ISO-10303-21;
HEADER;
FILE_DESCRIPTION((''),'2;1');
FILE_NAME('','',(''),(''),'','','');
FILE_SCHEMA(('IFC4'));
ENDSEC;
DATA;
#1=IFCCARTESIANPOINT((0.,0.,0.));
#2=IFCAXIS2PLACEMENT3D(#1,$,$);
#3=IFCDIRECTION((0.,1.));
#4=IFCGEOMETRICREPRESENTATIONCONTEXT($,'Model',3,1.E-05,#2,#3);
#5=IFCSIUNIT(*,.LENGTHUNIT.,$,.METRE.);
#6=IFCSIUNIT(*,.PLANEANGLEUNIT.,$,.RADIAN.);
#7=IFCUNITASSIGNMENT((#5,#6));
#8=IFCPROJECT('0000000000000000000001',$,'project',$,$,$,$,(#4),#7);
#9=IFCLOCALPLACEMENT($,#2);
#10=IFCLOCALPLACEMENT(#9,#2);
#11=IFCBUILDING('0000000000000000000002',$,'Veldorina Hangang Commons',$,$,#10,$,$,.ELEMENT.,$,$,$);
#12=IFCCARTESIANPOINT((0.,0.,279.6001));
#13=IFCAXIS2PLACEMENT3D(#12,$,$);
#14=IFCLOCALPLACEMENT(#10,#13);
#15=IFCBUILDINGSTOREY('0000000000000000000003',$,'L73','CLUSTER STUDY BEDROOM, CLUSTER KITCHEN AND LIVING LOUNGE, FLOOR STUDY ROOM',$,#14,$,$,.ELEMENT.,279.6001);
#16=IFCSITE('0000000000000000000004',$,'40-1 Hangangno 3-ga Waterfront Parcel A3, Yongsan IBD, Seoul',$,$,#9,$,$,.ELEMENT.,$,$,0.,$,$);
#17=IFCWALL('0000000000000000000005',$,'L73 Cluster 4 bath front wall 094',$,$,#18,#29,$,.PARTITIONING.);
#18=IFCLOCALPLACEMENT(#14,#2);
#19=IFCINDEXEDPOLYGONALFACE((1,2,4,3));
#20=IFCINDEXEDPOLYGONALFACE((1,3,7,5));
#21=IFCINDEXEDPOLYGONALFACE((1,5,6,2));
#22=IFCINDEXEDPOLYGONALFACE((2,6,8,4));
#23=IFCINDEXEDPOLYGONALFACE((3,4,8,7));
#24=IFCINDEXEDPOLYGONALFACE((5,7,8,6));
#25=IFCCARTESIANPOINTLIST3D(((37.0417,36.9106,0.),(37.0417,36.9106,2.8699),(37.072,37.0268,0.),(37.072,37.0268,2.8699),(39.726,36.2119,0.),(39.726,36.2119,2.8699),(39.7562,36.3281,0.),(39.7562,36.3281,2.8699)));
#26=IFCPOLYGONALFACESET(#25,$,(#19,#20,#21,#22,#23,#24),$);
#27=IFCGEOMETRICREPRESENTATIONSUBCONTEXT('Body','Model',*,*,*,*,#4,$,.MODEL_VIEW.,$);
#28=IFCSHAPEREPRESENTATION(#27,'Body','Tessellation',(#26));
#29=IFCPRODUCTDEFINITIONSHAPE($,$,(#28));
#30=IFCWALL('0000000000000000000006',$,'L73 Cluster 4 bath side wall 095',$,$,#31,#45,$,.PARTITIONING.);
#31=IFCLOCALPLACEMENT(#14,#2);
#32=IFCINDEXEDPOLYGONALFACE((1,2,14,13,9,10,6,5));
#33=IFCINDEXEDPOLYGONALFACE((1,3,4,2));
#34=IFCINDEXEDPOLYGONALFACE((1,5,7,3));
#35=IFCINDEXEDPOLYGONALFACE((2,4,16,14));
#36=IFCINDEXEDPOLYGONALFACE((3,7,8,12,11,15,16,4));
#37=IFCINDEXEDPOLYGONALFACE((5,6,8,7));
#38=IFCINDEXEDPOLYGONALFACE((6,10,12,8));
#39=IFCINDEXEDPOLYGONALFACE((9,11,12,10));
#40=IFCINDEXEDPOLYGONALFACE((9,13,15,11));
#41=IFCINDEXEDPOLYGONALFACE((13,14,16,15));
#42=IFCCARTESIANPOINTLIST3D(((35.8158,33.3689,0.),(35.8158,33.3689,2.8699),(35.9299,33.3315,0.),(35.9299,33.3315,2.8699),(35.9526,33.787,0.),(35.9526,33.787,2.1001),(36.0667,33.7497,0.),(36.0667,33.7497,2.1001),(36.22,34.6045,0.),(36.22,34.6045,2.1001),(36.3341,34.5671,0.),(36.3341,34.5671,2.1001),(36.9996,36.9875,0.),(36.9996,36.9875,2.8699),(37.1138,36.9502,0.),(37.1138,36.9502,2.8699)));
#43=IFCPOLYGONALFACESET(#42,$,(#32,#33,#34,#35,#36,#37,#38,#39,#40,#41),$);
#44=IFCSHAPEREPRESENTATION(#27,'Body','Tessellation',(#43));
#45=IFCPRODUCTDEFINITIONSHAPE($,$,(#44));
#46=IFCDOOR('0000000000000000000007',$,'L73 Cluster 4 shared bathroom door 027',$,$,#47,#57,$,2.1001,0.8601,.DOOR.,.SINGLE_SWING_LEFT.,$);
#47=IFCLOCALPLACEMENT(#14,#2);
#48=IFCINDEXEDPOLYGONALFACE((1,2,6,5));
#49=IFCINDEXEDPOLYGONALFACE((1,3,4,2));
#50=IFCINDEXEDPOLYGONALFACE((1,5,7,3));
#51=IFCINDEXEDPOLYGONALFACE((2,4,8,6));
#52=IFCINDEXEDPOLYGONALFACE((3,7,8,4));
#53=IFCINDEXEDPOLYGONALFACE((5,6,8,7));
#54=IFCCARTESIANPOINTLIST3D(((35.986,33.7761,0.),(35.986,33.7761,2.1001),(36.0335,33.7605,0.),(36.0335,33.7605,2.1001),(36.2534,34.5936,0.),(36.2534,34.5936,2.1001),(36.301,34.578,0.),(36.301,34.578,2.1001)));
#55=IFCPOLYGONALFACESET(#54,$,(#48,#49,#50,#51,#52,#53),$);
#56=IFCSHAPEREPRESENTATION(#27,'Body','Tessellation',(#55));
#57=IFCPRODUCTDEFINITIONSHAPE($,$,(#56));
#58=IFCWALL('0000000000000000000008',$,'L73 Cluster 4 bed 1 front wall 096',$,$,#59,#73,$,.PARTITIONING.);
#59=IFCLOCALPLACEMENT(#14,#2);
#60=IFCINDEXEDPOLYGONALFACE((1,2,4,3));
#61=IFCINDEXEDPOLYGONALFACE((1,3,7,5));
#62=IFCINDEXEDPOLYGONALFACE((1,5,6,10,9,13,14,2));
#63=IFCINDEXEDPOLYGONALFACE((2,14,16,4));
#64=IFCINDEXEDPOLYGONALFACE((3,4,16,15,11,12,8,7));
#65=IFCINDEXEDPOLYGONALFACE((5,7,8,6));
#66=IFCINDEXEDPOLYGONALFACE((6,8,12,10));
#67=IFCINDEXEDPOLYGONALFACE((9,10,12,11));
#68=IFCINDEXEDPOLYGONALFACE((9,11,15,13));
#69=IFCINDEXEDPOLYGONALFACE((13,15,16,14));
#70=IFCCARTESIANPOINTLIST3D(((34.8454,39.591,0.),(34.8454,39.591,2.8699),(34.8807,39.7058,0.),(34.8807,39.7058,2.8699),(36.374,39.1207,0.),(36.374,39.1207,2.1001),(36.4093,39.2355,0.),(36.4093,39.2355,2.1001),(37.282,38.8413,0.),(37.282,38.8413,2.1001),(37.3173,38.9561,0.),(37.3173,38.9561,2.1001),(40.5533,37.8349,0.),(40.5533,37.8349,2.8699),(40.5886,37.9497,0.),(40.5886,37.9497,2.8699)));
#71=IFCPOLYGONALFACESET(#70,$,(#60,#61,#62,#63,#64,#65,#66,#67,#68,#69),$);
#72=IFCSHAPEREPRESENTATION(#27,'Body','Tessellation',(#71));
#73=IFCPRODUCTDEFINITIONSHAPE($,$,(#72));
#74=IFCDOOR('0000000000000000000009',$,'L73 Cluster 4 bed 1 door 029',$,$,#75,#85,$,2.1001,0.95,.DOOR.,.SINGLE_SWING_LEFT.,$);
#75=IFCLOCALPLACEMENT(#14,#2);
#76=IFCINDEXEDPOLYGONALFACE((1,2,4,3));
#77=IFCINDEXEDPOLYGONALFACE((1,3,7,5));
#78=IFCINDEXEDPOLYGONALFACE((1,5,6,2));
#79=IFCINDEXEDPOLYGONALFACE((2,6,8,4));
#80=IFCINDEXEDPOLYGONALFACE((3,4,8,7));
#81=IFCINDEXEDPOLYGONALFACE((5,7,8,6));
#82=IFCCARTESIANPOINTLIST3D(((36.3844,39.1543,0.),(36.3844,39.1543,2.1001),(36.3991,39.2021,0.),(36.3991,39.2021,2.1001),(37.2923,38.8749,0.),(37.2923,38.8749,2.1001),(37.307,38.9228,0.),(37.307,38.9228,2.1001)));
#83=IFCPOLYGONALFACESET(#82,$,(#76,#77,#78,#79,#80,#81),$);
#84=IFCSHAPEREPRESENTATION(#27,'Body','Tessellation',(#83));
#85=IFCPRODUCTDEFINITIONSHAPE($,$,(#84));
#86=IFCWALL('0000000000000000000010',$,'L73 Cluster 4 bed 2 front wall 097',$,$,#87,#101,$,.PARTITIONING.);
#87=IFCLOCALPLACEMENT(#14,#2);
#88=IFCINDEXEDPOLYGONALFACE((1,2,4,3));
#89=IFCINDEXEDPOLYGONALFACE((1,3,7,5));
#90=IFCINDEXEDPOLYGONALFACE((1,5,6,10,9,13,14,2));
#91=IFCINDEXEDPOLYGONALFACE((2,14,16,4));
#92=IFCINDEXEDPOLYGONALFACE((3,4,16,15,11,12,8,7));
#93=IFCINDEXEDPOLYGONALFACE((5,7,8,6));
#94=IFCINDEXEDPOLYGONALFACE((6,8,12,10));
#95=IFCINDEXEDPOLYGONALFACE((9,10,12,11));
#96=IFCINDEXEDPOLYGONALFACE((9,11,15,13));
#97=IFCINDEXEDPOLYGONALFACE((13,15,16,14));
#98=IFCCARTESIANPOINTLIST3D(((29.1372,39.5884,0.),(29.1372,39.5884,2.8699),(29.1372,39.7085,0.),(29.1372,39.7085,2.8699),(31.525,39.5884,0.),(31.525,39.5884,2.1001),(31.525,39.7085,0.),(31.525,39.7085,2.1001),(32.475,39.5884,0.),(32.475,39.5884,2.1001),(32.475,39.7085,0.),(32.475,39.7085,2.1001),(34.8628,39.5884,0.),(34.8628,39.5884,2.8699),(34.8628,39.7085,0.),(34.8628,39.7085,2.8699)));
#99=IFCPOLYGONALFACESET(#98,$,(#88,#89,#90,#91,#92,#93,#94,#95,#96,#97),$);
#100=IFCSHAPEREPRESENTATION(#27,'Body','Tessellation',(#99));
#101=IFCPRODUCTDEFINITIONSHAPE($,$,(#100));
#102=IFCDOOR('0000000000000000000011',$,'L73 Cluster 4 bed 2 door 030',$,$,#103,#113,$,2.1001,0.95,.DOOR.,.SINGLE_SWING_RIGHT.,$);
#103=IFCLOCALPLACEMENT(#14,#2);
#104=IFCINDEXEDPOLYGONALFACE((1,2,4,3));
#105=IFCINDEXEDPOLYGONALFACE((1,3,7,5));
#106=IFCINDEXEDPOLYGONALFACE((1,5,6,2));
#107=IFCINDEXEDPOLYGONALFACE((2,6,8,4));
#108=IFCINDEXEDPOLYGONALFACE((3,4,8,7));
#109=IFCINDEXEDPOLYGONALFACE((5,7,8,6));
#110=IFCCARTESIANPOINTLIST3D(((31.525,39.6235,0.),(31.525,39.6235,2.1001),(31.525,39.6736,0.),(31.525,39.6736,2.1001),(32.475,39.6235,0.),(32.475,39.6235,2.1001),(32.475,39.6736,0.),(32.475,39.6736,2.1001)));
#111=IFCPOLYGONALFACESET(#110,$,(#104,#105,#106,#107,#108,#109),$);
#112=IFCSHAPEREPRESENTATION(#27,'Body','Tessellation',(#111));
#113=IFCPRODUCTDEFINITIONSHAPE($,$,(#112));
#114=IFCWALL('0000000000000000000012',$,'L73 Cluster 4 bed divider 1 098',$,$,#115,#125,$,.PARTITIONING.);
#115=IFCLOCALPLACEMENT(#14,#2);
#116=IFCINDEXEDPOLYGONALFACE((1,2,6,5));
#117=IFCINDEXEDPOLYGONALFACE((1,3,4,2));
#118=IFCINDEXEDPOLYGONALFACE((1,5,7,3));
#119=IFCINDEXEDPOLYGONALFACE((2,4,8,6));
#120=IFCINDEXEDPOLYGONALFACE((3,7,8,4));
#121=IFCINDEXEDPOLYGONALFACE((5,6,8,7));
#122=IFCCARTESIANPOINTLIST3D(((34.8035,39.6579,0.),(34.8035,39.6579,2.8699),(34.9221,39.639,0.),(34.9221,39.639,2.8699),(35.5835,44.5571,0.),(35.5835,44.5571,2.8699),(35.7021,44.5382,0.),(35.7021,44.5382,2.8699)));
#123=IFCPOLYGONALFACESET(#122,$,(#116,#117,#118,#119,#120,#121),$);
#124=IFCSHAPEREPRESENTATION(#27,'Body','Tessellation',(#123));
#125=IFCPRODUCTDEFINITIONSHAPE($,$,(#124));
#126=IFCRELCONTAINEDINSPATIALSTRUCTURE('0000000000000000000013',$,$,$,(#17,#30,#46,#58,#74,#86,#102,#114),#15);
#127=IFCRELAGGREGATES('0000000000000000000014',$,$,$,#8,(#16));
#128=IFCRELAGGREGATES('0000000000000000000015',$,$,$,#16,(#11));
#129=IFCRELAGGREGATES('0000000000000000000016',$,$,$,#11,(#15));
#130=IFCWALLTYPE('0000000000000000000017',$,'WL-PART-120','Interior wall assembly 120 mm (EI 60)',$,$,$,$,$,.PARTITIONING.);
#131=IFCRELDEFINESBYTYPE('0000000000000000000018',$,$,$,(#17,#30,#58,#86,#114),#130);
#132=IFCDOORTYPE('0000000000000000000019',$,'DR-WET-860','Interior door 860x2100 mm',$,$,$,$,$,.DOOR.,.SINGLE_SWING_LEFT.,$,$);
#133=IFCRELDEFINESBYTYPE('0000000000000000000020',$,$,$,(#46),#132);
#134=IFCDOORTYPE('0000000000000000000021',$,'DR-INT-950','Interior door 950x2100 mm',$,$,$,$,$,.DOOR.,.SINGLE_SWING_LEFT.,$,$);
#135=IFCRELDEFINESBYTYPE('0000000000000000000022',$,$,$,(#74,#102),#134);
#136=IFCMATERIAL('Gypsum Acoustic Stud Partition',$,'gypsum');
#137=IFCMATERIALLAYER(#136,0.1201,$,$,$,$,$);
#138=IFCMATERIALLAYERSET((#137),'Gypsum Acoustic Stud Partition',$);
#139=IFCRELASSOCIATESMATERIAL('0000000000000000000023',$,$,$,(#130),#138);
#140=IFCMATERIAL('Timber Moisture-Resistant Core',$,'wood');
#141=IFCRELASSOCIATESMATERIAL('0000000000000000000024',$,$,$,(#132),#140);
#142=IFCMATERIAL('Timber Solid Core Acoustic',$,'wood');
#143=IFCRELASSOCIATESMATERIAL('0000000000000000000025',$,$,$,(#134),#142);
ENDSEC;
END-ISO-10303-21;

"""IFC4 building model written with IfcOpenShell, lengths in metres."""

from ifc_helpers import new_model, si_unit, direction, frame, frame_2d, origin, place, context, subcontext, project, spatial, rectangle, extrude, material, layer, layer_set, type_object, element, fill, save


model = new_model("IFC4")

# Units and contexts
model_context = context("Model", 3, precision=1e-05, world=origin(), true_north=direction((0.0, 1.0)))
body_context = subcontext(model_context, "Body", "Model", "MODEL_VIEW")
ifc_project = project(units=[si_unit("LENGTHUNIT", "METRE"), si_unit("PLANEANGLEUNIT", "RADIAN")], contexts=[model_context])

# Site, building, storey
site_placement = place(None, origin())
site = spatial("IfcSite", under=ifc_project, at=site_placement, Name="40-1 Hangangno 3-ga Waterfront Parcel A3, Yongsan IBD, Seoul", CompositionType="ELEMENT", RefElevation=0.0)
building_placement = place(site_placement, origin())
building = spatial("IfcBuilding", under=site, at=building_placement, Name="Veldorina Hangang Commons", CompositionType="ELEMENT")
storey_placement = place(building_placement, frame((0.0, 0.0, 279.6001)))
storey = spatial("IfcBuildingStorey", under=building, at=storey_placement, Name="L73", Description="CLUSTER STUDY BEDROOM, CLUSTER KITCHEN AND LIVING LOUNGE, FLOOR STUDY ROOM", CompositionType="ELEMENT", Elevation=279.6001)

# Wall
ifc_material_1 = material(Name="Gypsum Acoustic Stud Partition", Category="gypsum")
ifc_layer_1 = layer(ifc_material_1, 0.1201)
ifc_layer_set_1 = layer_set([ifc_layer_1], Name="Gypsum Acoustic Stud Partition")
wall_type_1 = type_object("IfcWallType", Name="WL-PART-120", Description="Interior wall assembly 120 mm (EI 60)", PredefinedType="PARTITIONING", material=ifc_layer_set_1)
wall_1_placement = place(storey_placement, frame((39.741, 36.27, 0.0), z_axis=(0.0, 0.0, 1.0), x_axis=(-0.967752, 0.251906, 0.0)))
element("IfcWall", 1, at=wall_1_placement, inside=storey, type_object=wall_type_1, Name="L73 Cluster 4 bath front wall 094", PredefinedType="PARTITIONING", context=body_context, shape_type="SweptSolid", body=[
    extrude(rectangle(XDim=2.7737, YDim=0.1201, at=frame_2d((1.3867, 0.0))), origin(), (0.0, 0.0, 1.0), 2.8699),
])

# Walls, openings, doors
wall_2_placement = place(storey_placement, frame((35.8728, 33.3501, 0.0), z_axis=(0.0, 0.0, 1.0), x_axis=(0.310933, 0.950432, 0.0)))
wall_2 = element("IfcWall", 2, at=wall_2_placement, inside=storey, type_object=wall_type_1, Name="L73 Cluster 4 bath side wall 095", PredefinedType="PARTITIONING", context=body_context, shape_type="SweptSolid", body=[
    extrude(rectangle(XDim=3.8074, YDim=0.1201, at=frame_2d((1.9038, 0.0))), origin(), (0.0, 0.0, 1.0), 2.8699),
])
opening_1_placement = place(wall_2_placement, frame((0.4399, 0.0, 0.0)))
opening_1 = element("IfcOpeningElement", 3, at=opening_1_placement, cuts=wall_2, PredefinedType="OPENING", context=body_context, shape_type="SweptSolid", body=[
    extrude(rectangle(XDim=0.8601, YDim=2.1001, at=frame_2d((0.4302, 1.05))), frame((0.0, 0.0701, 0.0), z_axis=(0.0, -1.0, 0.0), x_axis=(1.0, 0.0, 0.0)), (0.0, 0.0, 1.0), 0.1401),
])
ifc_material_2 = material(Name="Timber Moisture-Resistant Core", Category="wood")
door_type_1 = type_object("IfcDoorType", Name="DR-WET-860", Description="Interior door 860x2100 mm", OperationType="SINGLE_SWING_LEFT", PredefinedType="DOOR", material=ifc_material_2)
door_1_placement = place(opening_1_placement, origin())
door_1 = element("IfcDoor", 4, at=door_1_placement, inside=storey, type_object=door_type_1, Name="L73 Cluster 4 shared bathroom door 027", OperationType="SINGLE_SWING_LEFT", OverallHeight=2.1001, OverallWidth=0.8601, PredefinedType="DOOR", context=body_context, shape_type="SweptSolid", body=[
    extrude(rectangle(XDim=0.8601, YDim=2.1001, at=frame_2d((0.4302, 1.05))), frame((0.0, 0.0249, 0.0), z_axis=(0.0, -1.0, 0.0), x_axis=(1.0, 0.0, 0.0)), (0.0, 0.0, 1.0), 0.05),
])
fill(opening_1, door_1)
wall_3_placement = place(storey_placement, frame((40.5708, 37.8923, 0.0), z_axis=(0.0, 0.0, 1.0), x_axis=(-0.955789, 0.294054, 0.0)))
wall_3 = element("IfcWall", 5, at=wall_3_placement, inside=storey, type_object=wall_type_1, Name="L73 Cluster 4 bed 1 front wall 096", PredefinedType="PARTITIONING", context=body_context, shape_type="SweptSolid", body=[
    extrude(rectangle(XDim=5.9719, YDim=0.1201, at=frame_2d((2.9858, 0.0))), origin(), (0.0, 0.0, 1.0), 2.8699),
])
opening_2_placement = place(wall_3_placement, frame((3.4224, 0.0, 0.0)))
opening_2 = element("IfcOpeningElement", 6, at=opening_2_placement, cuts=wall_3, PredefinedType="OPENING", context=body_context, shape_type="SweptSolid", body=[
    extrude(rectangle(XDim=0.95, YDim=2.1001, at=frame_2d((0.4751, 1.05))), frame((0.0, 0.0701, 0.0), z_axis=(0.0, -1.0, 0.0), x_axis=(1.0, 0.0, 0.0)), (0.0, 0.0, 1.0), 0.1401),
])
ifc_material_3 = material(Name="Timber Solid Core Acoustic", Category="wood")
door_type_2 = type_object("IfcDoorType", Name="DR-INT-950", Description="Interior door 950x2100 mm", OperationType="SINGLE_SWING_LEFT", PredefinedType="DOOR", material=ifc_material_3)
door_2_placement = place(opening_2_placement, origin())
door_2 = element("IfcDoor", 7, at=door_2_placement, inside=storey, type_object=door_type_2, Name="L73 Cluster 4 bed 1 door 029", OperationType="SINGLE_SWING_LEFT", OverallHeight=2.1001, OverallWidth=0.95, PredefinedType="DOOR", context=body_context, shape_type="SweptSolid", body=[
    extrude(rectangle(XDim=0.95, YDim=2.1001, at=frame_2d((0.4751, 1.05))), frame((0.0, 0.0249, 0.0), z_axis=(0.0, -1.0, 0.0), x_axis=(1.0, 0.0, 0.0)), (0.0, 0.0, 1.0), 0.05),
])
fill(opening_2, door_2)
wall_4_placement = place(storey_placement, frame((34.8628, 39.6484, 0.0), z_axis=(0.0, 0.0, 1.0), x_axis=(-1.0, 0.0, 0.0)))
wall_4 = element("IfcWall", 8, at=wall_4_placement, inside=storey, type_object=wall_type_1, Name="L73 Cluster 4 bed 2 front wall 097", PredefinedType="PARTITIONING", context=body_context, shape_type="SweptSolid", body=[
    extrude(rectangle(XDim=5.7256, YDim=0.1201, at=frame_2d((2.8628, 0.0))), origin(), (0.0, 0.0, 1.0), 2.8699),
])
opening_3_placement = place(wall_4_placement, frame((2.3877, 0.0, 0.0)))
opening_3 = element("IfcOpeningElement", 9, at=opening_3_placement, cuts=wall_4, PredefinedType="OPENING", context=body_context, shape_type="SweptSolid", body=[
    extrude(rectangle(XDim=0.95, YDim=2.1001, at=frame_2d((0.4751, 1.05))), frame((0.0, 0.0701, 0.0), z_axis=(0.0, -1.0, 0.0), x_axis=(1.0, 0.0, 0.0)), (0.0, 0.0, 1.0), 0.1401),
])
door_3_placement = place(opening_3_placement, origin())
door_3 = element("IfcDoor", 10, at=door_3_placement, inside=storey, type_object=door_type_2, Name="L73 Cluster 4 bed 2 door 030", OperationType="SINGLE_SWING_RIGHT", OverallHeight=2.1001, OverallWidth=0.95, PredefinedType="DOOR", context=body_context, shape_type="SweptSolid", body=[
    extrude(rectangle(XDim=0.95, YDim=2.1001, at=frame_2d((0.4751, 1.05))), frame((0.0, 0.0249, 0.0), z_axis=(0.0, -1.0, 0.0), x_axis=(1.0, 0.0, 0.0)), (0.0, 0.0, 1.0), 0.05),
])
fill(opening_3, door_3)

# Wall
wall_5_placement = place(storey_placement, frame((34.8628, 39.6484, 0.0), z_axis=(0.0, 0.0, 1.0), x_axis=(0.157236, 0.987561, 0.0)))
element("IfcWall", 11, at=wall_5_placement, inside=storey, type_object=wall_type_1, Name="L73 Cluster 4 bed divider 1 098", PredefinedType="PARTITIONING", context=body_context, shape_type="SweptSolid", body=[
    extrude(rectangle(XDim=4.9609, YDim=0.1201, at=frame_2d((2.4805, 0.0))), origin(), (0.0, 0.0, 1.0), 2.8699),
])

save(model, "model.ifc")
